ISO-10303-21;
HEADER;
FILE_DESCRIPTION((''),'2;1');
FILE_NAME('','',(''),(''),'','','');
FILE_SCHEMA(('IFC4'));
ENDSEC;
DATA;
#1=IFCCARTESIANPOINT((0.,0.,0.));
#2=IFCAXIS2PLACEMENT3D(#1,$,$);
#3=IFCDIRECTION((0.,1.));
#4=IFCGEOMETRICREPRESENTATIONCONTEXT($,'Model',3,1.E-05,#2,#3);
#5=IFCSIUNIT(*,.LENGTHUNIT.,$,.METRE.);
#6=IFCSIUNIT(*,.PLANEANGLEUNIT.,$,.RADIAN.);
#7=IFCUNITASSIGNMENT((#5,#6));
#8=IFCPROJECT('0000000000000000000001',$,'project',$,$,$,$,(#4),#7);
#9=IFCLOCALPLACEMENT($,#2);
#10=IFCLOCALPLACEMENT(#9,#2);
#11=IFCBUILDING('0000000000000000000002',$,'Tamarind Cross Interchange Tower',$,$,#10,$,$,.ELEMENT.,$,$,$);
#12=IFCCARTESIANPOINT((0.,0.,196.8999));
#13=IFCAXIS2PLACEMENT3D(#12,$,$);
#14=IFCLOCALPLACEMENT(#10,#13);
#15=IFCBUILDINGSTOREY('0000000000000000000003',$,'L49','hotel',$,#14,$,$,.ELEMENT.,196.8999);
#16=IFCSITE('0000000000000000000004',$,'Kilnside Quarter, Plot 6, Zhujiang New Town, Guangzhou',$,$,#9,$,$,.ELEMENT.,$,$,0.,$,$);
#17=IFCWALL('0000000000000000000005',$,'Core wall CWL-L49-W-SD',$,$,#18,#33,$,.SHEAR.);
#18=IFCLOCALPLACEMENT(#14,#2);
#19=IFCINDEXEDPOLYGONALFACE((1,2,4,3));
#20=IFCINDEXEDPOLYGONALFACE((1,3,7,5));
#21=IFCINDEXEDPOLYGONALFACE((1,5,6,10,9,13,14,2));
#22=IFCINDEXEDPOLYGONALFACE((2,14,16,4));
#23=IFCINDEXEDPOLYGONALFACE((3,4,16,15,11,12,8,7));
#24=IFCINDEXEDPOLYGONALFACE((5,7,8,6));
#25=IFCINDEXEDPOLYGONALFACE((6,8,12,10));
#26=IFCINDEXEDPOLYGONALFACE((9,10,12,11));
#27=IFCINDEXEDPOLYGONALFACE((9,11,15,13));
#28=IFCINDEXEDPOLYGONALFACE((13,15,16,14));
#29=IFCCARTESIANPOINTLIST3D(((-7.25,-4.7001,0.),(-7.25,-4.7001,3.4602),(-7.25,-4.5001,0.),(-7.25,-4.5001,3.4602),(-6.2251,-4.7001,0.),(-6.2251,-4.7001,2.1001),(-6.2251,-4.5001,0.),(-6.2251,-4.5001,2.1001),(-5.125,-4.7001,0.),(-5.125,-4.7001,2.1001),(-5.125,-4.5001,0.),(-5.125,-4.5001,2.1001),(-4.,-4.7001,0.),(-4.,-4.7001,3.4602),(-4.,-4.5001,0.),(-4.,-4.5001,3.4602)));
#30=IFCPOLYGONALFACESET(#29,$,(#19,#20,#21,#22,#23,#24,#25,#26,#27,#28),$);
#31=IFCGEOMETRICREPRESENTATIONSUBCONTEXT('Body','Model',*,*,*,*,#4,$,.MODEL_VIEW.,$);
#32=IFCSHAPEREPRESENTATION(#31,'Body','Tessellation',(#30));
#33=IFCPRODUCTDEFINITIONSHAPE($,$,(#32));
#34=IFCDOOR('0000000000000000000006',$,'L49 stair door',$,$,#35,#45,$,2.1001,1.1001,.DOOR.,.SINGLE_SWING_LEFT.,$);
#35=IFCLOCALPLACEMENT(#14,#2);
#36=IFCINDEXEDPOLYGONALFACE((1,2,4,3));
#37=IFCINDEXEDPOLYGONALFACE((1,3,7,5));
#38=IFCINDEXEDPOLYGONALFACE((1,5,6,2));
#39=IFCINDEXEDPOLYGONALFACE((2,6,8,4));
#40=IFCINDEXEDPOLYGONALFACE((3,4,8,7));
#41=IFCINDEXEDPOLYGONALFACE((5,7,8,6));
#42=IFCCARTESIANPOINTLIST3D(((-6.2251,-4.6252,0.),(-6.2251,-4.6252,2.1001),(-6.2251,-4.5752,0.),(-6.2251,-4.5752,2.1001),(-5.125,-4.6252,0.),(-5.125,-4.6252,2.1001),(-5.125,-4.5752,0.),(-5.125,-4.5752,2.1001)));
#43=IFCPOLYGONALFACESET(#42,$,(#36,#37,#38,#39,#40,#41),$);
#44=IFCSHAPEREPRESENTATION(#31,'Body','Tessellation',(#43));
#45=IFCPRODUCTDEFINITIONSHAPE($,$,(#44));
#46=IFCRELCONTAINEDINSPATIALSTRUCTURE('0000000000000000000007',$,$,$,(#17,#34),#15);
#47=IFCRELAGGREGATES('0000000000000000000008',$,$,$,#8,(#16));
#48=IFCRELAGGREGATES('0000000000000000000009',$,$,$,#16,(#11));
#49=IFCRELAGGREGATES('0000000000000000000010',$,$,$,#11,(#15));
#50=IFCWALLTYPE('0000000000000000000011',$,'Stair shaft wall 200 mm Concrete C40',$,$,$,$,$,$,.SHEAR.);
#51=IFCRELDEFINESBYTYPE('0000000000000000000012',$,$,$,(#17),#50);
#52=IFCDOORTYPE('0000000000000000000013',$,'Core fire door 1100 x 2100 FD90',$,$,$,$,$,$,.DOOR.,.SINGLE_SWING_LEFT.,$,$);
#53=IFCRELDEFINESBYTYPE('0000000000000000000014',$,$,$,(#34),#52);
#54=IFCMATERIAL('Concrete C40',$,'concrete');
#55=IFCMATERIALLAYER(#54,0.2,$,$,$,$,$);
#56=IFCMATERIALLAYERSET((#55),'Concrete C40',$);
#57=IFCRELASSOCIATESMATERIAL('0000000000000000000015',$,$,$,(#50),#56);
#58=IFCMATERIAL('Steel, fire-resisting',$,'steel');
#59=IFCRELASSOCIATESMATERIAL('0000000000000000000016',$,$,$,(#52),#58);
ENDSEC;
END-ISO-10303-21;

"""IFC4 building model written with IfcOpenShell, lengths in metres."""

from ifc_helpers import new_model, si_unit, direction, frame, frame_2d, origin, place, context, subcontext, project, spatial, rectangle, extrude, material, layer, layer_set, type_object, element, fill, save


model = new_model("IFC4")

# Units and contexts
model_context = context("Model", 3, precision=1e-05, world=origin(), true_north=direction((0.0, 1.0)))
body_context = subcontext(model_context, "Body", "Model", "MODEL_VIEW")
ifc_project = project(units=[si_unit("LENGTHUNIT", "METRE"), si_unit("PLANEANGLEUNIT", "RADIAN")], contexts=[model_context])

# Site, building, storey
site_placement = place(None, origin())
site = spatial("IfcSite", under=ifc_project, at=site_placement, Name="Kilnside Quarter, Plot 6, Zhujiang New Town, Guangzhou", CompositionType="ELEMENT", RefElevation=0.0)
building_placement = place(site_placement, origin())
building = spatial("IfcBuilding", under=site, at=building_placement, Name="Tamarind Cross Interchange Tower", CompositionType="ELEMENT")
storey_placement = place(building_placement, frame((0.0, 0.0, 196.8999)))
storey = spatial("IfcBuildingStorey", under=building, at=storey_placement, Name="L49", Description="hotel", CompositionType="ELEMENT", Elevation=196.8999)

# Shared definitions
ifc_material_1 = material(Name="Steel, fire-resisting", Category="steel")

# Wall, opening, door
ifc_material_2 = material(Name="Concrete C40", Category="concrete")
ifc_layer_1 = layer(ifc_material_2, 0.2)
ifc_layer_set_1 = layer_set([ifc_layer_1], Name="Concrete C40")
wall_type_1 = type_object("IfcWallType", Name="Stair shaft wall 200 mm Concrete C40", PredefinedType="SHEAR", material=ifc_layer_set_1)
wall_1_placement = place(storey_placement, frame((-7.25, -4.6001, 0.0), z_axis=(0.0, 0.0, 1.0), x_axis=(1.0, 0.0, 0.0)))
wall_1 = element("IfcWall", 1, at=wall_1_placement, inside=storey, type_object=wall_type_1, Name="Core wall CWL-L49-W-SD", PredefinedType="SHEAR", context=body_context, shape_type="SweptSolid", body=[
    extrude(rectangle(XDim=3.25, YDim=0.2, at=frame_2d((1.625, 0.0))), origin(), (0.0, 0.0, 1.0), 3.4602),
])
opening_1_placement = place(wall_1_placement, frame((1.0249, 0.0, 0.0)))
opening_1 = element("IfcOpeningElement", 2, at=opening_1_placement, cuts=wall_1, PredefinedType="OPENING", context=body_context, shape_type="SweptSolid", body=[
    extrude(rectangle(XDim=1.1001, YDim=2.1001, at=frame_2d((0.55, 1.05))), frame((0.0, 0.1099, 0.0), z_axis=(0.0, -1.0, 0.0), x_axis=(1.0, 0.0, 0.0)), (0.0, 0.0, 1.0), 0.22),
])
door_type_1 = type_object("IfcDoorType", Name="Core fire door 1100 x 2100 FD90", OperationType="SINGLE_SWING_LEFT", PredefinedType="DOOR", material=ifc_material_1)
door_1_placement = place(opening_1_placement, origin())
door_1 = element("IfcDoor", 3, at=door_1_placement, inside=storey, type_object=door_type_1, Name="L49 stair door", OperationType="SINGLE_SWING_LEFT", OverallHeight=2.1001, OverallWidth=1.1001, PredefinedType="DOOR", context=body_context, shape_type="SweptSolid", body=[
    extrude(rectangle(XDim=1.1001, YDim=2.1001, at=frame_2d((0.55, 1.05))), frame((0.0, 0.0249, 0.0), z_axis=(0.0, -1.0, 0.0), x_axis=(1.0, 0.0, 0.0)), (0.0, 0.0, 1.0), 0.05),
])
fill(opening_1, door_1)

save(model, "model.ifc")
